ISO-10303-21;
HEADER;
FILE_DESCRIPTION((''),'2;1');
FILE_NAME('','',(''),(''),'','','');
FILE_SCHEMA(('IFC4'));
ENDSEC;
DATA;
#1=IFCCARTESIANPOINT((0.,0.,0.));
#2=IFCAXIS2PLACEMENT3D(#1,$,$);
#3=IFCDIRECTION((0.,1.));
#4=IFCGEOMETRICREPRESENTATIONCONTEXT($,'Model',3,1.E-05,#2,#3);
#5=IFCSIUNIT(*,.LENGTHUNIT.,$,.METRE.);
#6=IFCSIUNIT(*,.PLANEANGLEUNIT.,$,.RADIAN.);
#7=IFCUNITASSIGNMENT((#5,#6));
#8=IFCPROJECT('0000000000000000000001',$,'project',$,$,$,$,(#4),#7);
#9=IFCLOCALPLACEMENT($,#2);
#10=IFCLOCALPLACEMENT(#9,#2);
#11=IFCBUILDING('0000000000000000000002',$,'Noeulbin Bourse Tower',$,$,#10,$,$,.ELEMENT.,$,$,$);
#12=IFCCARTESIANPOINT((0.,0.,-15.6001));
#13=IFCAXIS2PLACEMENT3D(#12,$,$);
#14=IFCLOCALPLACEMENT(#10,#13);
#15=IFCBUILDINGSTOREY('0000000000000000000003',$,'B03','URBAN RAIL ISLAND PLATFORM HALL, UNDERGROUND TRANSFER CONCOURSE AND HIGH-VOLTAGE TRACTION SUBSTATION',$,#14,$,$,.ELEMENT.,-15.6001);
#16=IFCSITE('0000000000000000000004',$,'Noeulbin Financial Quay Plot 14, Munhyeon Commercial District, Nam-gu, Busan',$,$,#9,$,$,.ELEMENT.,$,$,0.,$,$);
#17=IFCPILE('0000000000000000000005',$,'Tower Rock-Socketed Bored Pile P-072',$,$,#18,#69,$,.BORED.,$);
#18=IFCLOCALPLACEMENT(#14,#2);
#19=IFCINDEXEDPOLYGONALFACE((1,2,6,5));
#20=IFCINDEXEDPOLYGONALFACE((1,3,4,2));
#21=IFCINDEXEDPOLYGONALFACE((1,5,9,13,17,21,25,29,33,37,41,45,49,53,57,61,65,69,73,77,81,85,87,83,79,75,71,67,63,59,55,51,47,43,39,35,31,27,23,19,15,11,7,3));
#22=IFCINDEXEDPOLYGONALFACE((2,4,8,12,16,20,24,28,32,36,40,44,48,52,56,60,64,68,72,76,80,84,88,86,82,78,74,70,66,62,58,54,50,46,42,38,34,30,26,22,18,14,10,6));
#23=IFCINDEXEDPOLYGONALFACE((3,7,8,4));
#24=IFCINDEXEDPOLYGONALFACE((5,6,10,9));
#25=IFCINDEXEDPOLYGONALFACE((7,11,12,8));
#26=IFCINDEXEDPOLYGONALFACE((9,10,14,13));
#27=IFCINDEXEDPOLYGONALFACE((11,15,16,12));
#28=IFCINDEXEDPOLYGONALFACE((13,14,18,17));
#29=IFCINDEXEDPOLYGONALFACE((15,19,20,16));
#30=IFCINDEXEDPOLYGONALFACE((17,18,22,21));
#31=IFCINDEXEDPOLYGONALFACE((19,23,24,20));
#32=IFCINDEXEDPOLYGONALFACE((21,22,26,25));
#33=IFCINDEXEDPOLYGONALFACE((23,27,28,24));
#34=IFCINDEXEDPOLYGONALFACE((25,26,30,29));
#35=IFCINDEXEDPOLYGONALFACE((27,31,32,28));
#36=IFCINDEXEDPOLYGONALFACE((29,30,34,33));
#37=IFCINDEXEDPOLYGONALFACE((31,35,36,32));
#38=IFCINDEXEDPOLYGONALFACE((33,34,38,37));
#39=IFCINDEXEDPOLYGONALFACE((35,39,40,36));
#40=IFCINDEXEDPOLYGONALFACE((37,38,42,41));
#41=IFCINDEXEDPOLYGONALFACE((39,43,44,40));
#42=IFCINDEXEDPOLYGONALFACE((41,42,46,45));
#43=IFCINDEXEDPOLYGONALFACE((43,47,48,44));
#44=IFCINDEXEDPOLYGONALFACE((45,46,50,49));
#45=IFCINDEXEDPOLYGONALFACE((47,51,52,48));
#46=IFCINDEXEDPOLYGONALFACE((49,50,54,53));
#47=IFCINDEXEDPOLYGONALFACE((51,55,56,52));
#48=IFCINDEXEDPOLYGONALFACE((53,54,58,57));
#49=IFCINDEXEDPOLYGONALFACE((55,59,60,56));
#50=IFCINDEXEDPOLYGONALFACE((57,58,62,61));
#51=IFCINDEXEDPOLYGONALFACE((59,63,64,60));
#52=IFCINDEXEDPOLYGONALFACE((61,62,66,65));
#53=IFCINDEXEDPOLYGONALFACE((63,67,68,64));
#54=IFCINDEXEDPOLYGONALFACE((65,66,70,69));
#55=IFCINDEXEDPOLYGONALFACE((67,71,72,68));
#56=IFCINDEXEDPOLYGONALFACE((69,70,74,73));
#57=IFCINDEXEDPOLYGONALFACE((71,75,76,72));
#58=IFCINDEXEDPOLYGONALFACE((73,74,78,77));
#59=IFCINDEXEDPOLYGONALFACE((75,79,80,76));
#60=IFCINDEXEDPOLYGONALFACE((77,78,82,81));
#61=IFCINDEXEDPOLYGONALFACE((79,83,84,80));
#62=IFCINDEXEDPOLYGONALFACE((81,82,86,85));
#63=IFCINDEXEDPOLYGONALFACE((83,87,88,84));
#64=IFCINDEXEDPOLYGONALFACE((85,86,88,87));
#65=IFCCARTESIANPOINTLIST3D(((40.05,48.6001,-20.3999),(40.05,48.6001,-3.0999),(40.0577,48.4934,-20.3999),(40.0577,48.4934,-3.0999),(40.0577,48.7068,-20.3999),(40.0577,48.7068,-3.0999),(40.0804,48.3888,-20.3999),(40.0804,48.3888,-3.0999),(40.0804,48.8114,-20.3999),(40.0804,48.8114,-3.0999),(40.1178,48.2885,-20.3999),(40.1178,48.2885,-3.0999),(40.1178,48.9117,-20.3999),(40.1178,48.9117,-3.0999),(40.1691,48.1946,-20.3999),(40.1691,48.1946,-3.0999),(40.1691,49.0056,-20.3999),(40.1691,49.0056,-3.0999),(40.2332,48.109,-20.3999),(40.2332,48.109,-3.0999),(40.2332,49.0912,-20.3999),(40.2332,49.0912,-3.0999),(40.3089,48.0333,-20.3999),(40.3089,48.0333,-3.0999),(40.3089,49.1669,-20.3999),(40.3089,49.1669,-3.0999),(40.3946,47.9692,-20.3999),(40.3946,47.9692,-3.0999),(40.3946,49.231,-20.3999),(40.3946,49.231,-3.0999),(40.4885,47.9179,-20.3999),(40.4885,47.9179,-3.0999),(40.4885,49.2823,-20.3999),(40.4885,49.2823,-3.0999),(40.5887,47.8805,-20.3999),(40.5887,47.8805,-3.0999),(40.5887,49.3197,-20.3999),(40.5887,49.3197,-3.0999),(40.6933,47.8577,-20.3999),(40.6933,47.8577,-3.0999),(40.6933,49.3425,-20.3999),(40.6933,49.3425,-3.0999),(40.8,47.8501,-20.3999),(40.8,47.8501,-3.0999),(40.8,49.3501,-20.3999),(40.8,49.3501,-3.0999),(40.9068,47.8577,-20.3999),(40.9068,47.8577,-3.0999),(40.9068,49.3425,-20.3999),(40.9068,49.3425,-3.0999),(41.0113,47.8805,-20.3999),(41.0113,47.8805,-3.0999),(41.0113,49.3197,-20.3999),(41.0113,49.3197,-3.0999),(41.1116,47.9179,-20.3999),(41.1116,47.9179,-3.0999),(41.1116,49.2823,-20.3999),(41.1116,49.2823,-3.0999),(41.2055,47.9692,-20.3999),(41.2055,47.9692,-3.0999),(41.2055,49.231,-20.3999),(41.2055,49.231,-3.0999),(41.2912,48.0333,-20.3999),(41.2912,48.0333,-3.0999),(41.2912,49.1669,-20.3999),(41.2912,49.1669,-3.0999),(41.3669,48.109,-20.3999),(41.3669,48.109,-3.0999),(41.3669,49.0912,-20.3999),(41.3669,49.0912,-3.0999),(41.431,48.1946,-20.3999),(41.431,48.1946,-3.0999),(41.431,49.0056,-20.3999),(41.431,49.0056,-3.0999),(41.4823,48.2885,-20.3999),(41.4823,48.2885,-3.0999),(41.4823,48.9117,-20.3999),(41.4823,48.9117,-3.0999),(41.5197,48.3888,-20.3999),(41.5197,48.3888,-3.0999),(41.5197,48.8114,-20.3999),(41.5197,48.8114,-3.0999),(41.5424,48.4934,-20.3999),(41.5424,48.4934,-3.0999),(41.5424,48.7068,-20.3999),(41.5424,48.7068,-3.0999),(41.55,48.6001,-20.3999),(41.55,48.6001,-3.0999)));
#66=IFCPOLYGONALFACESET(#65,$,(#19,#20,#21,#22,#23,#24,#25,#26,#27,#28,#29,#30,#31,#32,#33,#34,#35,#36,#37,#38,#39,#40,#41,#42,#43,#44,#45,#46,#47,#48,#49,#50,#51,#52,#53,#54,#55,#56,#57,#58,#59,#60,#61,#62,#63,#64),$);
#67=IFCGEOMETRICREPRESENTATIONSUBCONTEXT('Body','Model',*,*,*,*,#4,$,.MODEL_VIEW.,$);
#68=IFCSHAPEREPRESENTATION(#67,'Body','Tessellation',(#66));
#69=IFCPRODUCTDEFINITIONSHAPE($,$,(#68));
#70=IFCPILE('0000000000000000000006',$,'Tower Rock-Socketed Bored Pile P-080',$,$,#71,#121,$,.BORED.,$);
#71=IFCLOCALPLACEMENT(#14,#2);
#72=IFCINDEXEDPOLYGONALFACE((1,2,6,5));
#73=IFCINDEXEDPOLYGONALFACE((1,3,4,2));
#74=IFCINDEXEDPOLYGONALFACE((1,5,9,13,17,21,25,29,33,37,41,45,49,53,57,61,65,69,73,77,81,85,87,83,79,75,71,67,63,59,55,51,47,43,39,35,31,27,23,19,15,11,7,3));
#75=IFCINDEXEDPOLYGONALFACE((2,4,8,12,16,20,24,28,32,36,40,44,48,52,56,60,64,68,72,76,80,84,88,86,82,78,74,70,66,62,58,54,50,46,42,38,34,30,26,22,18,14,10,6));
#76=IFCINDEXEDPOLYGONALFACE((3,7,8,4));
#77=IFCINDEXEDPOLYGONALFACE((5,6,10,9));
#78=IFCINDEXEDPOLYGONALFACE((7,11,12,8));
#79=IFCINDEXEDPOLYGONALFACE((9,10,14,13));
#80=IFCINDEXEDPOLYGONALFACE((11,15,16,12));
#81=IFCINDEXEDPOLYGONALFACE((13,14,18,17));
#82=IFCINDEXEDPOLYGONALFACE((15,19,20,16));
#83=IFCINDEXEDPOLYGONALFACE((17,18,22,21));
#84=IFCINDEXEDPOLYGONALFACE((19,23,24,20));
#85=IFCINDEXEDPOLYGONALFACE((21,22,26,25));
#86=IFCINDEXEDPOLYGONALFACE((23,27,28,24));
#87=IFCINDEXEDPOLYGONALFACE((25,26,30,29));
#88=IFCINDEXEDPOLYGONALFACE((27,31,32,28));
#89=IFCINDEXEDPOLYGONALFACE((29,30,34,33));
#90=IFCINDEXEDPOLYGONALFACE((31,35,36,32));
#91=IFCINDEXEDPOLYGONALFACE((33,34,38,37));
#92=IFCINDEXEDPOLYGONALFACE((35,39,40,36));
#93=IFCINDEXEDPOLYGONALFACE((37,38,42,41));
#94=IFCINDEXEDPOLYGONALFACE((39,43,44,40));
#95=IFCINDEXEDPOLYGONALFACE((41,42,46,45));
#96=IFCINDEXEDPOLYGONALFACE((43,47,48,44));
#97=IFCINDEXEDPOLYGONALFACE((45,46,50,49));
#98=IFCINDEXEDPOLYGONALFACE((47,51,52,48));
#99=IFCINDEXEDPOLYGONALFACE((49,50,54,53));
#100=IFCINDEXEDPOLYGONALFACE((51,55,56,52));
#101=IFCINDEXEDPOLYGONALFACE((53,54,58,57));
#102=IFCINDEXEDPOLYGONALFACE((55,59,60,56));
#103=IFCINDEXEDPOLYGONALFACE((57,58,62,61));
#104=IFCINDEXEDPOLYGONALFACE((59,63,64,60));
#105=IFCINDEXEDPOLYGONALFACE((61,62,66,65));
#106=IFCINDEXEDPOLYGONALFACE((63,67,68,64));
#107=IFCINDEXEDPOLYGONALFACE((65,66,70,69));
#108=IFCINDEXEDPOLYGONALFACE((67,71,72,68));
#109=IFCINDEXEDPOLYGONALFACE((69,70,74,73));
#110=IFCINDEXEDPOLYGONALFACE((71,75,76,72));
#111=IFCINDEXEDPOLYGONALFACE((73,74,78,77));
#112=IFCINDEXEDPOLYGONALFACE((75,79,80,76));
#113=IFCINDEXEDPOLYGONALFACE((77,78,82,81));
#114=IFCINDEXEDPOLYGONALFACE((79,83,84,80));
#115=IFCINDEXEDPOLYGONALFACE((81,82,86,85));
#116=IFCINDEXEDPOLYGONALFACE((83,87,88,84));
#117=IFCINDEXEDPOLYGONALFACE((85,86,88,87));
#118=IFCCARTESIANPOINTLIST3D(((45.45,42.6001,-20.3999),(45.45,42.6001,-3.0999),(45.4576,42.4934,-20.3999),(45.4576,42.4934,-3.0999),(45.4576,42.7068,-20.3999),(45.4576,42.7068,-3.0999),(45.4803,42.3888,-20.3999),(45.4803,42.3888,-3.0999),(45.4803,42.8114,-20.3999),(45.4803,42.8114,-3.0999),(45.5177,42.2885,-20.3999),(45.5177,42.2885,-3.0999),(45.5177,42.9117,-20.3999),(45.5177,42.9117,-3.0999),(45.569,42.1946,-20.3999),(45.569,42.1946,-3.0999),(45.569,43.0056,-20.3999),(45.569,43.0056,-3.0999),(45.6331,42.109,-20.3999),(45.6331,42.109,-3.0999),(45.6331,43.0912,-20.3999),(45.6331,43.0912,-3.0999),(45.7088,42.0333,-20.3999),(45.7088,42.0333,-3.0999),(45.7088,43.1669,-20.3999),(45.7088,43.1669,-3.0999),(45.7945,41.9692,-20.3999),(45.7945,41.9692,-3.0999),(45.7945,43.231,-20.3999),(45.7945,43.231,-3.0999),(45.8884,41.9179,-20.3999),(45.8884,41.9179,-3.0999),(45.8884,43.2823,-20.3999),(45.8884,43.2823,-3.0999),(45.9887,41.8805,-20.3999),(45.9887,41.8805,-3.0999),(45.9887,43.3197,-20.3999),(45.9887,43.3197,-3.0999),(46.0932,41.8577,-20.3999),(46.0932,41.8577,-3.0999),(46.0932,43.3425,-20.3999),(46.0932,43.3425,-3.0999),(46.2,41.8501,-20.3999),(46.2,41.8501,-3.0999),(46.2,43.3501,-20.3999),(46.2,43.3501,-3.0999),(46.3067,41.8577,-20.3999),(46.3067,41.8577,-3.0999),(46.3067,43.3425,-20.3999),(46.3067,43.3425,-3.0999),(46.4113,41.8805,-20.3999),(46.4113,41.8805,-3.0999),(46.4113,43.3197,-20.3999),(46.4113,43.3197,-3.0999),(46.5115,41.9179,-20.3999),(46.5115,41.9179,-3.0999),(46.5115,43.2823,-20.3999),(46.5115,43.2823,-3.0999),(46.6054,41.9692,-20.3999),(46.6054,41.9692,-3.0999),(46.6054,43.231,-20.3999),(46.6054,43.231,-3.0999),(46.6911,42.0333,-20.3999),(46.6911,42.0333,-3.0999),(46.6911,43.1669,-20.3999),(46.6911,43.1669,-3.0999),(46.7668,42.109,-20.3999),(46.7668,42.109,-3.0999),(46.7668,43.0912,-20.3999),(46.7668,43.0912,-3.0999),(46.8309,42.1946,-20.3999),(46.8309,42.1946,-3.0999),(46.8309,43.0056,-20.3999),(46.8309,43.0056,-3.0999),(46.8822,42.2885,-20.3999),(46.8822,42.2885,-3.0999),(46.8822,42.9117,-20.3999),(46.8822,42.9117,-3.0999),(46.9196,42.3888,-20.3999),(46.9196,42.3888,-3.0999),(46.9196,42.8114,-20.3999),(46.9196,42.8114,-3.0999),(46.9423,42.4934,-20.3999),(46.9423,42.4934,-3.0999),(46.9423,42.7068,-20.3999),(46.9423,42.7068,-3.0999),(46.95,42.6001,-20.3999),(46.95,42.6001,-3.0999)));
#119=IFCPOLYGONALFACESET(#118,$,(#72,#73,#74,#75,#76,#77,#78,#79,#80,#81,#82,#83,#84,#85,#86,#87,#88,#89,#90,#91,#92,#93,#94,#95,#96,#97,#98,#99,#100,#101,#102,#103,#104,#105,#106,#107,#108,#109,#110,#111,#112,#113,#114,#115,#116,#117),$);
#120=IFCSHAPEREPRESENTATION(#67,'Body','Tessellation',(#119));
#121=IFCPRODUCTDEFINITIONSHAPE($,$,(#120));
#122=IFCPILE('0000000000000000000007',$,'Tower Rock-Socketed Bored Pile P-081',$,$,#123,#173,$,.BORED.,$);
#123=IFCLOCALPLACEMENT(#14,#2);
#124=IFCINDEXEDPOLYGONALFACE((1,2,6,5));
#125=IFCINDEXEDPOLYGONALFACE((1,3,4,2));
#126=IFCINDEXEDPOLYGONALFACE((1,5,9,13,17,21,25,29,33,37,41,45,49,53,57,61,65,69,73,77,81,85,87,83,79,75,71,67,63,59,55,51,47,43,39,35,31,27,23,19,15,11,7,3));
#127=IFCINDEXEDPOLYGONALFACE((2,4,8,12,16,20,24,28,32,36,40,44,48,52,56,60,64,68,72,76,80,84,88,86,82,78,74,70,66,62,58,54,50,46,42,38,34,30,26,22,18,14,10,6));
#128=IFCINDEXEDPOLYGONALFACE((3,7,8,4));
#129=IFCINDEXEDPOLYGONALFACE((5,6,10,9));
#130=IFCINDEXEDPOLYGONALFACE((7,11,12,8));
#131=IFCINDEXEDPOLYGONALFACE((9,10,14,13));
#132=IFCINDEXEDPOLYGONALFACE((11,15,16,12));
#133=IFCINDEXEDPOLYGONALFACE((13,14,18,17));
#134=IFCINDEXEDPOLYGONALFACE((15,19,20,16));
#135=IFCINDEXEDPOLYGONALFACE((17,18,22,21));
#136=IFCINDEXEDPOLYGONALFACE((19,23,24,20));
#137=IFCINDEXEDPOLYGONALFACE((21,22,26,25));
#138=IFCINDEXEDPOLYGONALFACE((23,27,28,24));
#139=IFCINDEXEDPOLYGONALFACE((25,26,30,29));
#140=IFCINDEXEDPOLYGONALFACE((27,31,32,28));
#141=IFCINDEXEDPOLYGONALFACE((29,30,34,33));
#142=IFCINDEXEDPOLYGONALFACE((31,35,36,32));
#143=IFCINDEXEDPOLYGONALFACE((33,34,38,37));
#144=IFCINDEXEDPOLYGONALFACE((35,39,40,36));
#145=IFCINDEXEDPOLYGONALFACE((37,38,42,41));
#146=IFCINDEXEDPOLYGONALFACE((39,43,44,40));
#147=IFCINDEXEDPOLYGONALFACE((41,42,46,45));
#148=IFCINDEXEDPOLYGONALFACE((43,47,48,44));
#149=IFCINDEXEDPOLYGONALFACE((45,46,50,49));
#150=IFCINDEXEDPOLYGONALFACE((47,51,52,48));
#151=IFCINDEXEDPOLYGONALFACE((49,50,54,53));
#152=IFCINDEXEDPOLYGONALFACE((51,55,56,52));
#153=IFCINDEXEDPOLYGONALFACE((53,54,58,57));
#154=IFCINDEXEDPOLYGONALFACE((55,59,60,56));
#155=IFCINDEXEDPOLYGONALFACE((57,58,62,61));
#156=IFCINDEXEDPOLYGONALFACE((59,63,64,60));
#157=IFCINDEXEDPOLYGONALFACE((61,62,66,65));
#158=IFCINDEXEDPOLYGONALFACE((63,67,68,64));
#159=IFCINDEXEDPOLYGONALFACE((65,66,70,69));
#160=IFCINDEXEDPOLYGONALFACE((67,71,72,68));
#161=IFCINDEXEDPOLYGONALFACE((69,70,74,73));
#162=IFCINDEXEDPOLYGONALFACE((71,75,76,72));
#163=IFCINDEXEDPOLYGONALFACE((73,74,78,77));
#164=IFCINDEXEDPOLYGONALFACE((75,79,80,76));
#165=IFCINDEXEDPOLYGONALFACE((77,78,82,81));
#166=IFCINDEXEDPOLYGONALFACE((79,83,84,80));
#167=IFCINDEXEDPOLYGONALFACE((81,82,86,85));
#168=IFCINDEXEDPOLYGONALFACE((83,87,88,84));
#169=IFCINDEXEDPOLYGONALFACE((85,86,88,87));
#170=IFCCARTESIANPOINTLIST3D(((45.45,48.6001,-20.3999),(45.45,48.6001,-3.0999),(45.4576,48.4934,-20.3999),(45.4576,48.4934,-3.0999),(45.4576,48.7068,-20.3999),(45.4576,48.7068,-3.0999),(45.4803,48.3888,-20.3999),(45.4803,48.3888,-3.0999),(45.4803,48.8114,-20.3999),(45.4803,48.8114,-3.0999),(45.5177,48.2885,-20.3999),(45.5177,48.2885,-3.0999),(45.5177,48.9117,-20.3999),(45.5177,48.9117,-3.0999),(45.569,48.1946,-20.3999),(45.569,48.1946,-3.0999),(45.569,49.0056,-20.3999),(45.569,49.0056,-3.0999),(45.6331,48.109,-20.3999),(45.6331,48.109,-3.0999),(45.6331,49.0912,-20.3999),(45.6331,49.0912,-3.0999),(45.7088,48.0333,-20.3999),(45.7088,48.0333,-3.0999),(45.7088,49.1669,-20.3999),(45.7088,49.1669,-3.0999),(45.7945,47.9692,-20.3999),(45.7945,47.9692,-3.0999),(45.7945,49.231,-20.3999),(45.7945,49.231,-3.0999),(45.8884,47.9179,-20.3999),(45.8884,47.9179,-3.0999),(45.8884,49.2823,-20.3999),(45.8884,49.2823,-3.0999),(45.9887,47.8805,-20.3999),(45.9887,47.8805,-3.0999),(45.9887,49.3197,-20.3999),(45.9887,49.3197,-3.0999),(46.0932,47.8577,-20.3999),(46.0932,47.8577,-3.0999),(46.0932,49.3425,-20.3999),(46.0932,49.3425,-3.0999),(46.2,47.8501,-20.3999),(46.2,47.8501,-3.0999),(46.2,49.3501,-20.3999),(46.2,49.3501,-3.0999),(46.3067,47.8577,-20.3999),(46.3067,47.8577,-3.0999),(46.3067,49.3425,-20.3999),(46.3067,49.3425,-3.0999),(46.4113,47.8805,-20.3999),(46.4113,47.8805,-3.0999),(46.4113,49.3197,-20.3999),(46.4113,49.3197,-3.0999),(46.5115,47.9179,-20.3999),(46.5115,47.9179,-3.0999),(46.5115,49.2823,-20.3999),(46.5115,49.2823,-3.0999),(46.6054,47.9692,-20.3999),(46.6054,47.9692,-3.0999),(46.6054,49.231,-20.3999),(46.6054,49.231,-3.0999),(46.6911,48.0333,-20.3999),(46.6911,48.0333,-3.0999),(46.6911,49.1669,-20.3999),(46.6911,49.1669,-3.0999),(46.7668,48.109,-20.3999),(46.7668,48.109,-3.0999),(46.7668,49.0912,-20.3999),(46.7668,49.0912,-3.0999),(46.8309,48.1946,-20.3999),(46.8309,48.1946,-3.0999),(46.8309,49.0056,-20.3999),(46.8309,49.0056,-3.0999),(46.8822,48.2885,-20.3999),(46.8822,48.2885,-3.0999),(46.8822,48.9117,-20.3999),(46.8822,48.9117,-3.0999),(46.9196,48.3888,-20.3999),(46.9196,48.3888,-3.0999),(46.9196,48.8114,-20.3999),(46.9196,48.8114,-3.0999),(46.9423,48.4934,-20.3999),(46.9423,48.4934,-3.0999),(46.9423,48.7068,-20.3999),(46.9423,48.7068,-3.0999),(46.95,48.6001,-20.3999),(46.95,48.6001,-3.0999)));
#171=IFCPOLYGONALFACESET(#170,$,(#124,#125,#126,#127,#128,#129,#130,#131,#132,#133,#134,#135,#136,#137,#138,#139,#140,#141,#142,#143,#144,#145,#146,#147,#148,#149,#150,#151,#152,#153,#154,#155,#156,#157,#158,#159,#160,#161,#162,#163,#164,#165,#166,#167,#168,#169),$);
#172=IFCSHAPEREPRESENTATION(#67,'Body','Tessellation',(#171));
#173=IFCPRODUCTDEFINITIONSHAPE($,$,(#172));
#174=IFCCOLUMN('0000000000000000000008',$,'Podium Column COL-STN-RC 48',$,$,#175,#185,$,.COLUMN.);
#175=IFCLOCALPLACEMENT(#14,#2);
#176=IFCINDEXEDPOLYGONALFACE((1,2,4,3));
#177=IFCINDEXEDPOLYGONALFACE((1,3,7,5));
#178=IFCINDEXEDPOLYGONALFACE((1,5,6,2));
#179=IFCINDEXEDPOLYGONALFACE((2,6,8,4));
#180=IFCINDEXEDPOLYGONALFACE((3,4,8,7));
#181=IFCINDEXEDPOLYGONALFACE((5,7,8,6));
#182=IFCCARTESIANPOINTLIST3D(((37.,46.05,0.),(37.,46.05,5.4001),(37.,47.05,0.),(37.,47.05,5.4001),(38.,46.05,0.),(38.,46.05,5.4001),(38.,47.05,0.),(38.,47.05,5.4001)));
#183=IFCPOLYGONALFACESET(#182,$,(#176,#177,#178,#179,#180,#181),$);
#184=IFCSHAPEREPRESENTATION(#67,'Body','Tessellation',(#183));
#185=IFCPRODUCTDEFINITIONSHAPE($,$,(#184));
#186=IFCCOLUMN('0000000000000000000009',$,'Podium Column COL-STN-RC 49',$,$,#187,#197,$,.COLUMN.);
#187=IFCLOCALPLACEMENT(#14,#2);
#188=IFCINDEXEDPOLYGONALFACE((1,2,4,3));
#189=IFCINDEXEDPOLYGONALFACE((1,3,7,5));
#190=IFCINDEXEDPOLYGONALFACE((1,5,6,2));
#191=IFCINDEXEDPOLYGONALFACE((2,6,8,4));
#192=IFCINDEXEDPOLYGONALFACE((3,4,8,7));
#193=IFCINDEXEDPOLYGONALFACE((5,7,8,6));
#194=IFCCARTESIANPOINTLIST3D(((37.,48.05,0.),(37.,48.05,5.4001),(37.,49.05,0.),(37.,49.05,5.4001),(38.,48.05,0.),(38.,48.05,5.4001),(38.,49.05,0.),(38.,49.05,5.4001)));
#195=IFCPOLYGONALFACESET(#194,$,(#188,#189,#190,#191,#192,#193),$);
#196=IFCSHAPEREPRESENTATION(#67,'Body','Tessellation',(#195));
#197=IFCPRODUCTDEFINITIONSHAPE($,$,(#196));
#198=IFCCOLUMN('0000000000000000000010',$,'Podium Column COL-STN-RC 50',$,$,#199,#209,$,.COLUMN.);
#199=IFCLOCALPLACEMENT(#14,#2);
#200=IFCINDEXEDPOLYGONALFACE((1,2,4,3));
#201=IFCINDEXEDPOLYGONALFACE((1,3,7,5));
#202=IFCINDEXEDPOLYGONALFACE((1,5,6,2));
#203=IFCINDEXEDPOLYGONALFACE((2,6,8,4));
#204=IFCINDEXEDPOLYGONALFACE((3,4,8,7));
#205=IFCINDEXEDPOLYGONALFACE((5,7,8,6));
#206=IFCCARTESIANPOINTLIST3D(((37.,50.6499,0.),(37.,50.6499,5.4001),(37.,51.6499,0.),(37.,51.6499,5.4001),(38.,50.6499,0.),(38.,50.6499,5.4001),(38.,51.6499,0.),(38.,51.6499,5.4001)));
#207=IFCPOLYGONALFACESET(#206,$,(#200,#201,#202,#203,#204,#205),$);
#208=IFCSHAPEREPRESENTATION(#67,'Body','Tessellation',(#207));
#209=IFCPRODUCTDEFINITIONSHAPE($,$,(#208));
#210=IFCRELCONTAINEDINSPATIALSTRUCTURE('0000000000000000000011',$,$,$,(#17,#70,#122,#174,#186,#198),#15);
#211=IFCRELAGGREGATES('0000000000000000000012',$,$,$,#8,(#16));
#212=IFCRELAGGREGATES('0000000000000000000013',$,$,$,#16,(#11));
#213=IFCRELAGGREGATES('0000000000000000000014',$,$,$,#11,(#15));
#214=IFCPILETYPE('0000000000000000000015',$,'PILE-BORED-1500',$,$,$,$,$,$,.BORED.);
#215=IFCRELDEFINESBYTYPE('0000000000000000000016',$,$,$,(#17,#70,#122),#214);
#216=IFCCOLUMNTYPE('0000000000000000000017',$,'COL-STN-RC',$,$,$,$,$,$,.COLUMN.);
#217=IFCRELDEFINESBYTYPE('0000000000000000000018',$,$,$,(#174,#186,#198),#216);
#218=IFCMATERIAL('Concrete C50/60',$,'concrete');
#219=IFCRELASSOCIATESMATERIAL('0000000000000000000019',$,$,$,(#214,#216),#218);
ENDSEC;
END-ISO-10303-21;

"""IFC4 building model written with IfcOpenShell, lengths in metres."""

from ifc_helpers import new_model, si_unit, direction, frame, origin, origin_2d, place, context, subcontext, project, spatial, rectangle, circle, extrude, material, material_profile, profile_set, type_object, element, save


model = new_model("IFC4")

# Units and contexts
model_context = context("Model", 3, precision=1e-05, world=origin(), true_north=direction((0.0, 1.0)))
body_context = subcontext(model_context, "Body", "Model", "MODEL_VIEW")
ifc_project = project(units=[si_unit("LENGTHUNIT", "METRE"), si_unit("PLANEANGLEUNIT", "RADIAN")], contexts=[model_context])

# Site, building, storey
site_placement = place(None, origin())
site = spatial("IfcSite", under=ifc_project, at=site_placement, Name="Noeulbin Financial Quay Plot 14, Munhyeon Commercial District, Nam-gu, Busan", CompositionType="ELEMENT", RefElevation=0.0)
building_placement = place(site_placement, origin())
building = spatial("IfcBuilding", under=site, at=building_placement, Name="Noeulbin Bourse Tower", CompositionType="ELEMENT")
storey_placement = place(building_placement, frame((0.0, 0.0, -15.6001)))
storey = spatial("IfcBuildingStorey", under=building, at=storey_placement, Name="B03", Description="URBAN RAIL ISLAND PLATFORM HALL, UNDERGROUND TRANSFER CONCOURSE AND HIGH-VOLTAGE TRACTION SUBSTATION", CompositionType="ELEMENT", Elevation=-15.6001)

# Piles
ifc_material_1 = material(Name="Concrete C50/60", Category="concrete")
ifc_material_profile_1 = material_profile(ifc_material_1, circle(Radius=0.75, at=origin_2d()), Name="PILE-D1500", Category="LoadBearing")
ifc_profile_set_1 = profile_set([ifc_material_profile_1], Name="Concrete C50/60")
pile_type = type_object("IfcPileType", Name="PILE-BORED-1500", PredefinedType="BORED", material=ifc_profile_set_1)
for number, where, z_axis, x_axis, name in (
    (1, (40.8, 48.6001, -3.0999), (0.0, 0.0, -1.0), (1.0, 0.0, 0.0), "Tower Rock-Socketed Bored Pile P-072"),
    (2, (46.2, 42.6001, -3.0999), (0.0, 0.0, -1.0), (1.0, 0.0, 0.0), "Tower Rock-Socketed Bored Pile P-080"),
    (3, (46.2, 48.6001, -3.0999), (0.0, 0.0, -1.0), (1.0, 0.0, 0.0), "Tower Rock-Socketed Bored Pile P-081"),
):
    element("IfcPile", number, at=place(storey_placement, frame(where, z_axis=z_axis, x_axis=x_axis)), inside=storey, type_object=pile_type, Name=name, PredefinedType="BORED", context=body_context, shape_type="SweptSolid", body=[
        extrude(circle(Radius=0.75, at=origin_2d()), origin(), (0.0, 0.0, 1.0), 17.3),
    ])

# Columns
ifc_material_profile_2 = material_profile(ifc_material_1, rectangle(XDim=1.0, YDim=1.0, at=origin_2d()), Name="RC-COL-1000x1000", Category="LoadBearing")
ifc_profile_set_2 = profile_set([ifc_material_profile_2], Name="Concrete C50/60")
column_type_1 = type_object("IfcColumnType", Name="COL-STN-RC", PredefinedType="COLUMN", material=ifc_profile_set_2)
for number, where, z_axis, x_axis, name in (
    (4, (37.5, 46.55, 0.0), (0.0, 0.0, 1.0), (1.0, 0.0, 0.0), "Podium Column COL-STN-RC 48"),
    (5, (37.5, 48.55, 0.0), (0.0, 0.0, 1.0), (1.0, 0.0, 0.0), "Podium Column COL-STN-RC 49"),
    (6, (37.5, 51.1499, 0.0), (0.0, 0.0, 1.0), (1.0, 0.0, 0.0), "Podium Column COL-STN-RC 50"),
):
    element("IfcColumn", number, at=place(storey_placement, frame(where, z_axis=z_axis, x_axis=x_axis)), inside=storey, type_object=column_type_1, Name=name, PredefinedType="COLUMN", context=body_context, shape_type="SweptSolid", body=[
        extrude(rectangle(XDim=1.0, YDim=1.0, at=origin_2d()), origin(), (0.0, 0.0, 1.0), 5.4001),
    ])

save(model, "model.ifc")
